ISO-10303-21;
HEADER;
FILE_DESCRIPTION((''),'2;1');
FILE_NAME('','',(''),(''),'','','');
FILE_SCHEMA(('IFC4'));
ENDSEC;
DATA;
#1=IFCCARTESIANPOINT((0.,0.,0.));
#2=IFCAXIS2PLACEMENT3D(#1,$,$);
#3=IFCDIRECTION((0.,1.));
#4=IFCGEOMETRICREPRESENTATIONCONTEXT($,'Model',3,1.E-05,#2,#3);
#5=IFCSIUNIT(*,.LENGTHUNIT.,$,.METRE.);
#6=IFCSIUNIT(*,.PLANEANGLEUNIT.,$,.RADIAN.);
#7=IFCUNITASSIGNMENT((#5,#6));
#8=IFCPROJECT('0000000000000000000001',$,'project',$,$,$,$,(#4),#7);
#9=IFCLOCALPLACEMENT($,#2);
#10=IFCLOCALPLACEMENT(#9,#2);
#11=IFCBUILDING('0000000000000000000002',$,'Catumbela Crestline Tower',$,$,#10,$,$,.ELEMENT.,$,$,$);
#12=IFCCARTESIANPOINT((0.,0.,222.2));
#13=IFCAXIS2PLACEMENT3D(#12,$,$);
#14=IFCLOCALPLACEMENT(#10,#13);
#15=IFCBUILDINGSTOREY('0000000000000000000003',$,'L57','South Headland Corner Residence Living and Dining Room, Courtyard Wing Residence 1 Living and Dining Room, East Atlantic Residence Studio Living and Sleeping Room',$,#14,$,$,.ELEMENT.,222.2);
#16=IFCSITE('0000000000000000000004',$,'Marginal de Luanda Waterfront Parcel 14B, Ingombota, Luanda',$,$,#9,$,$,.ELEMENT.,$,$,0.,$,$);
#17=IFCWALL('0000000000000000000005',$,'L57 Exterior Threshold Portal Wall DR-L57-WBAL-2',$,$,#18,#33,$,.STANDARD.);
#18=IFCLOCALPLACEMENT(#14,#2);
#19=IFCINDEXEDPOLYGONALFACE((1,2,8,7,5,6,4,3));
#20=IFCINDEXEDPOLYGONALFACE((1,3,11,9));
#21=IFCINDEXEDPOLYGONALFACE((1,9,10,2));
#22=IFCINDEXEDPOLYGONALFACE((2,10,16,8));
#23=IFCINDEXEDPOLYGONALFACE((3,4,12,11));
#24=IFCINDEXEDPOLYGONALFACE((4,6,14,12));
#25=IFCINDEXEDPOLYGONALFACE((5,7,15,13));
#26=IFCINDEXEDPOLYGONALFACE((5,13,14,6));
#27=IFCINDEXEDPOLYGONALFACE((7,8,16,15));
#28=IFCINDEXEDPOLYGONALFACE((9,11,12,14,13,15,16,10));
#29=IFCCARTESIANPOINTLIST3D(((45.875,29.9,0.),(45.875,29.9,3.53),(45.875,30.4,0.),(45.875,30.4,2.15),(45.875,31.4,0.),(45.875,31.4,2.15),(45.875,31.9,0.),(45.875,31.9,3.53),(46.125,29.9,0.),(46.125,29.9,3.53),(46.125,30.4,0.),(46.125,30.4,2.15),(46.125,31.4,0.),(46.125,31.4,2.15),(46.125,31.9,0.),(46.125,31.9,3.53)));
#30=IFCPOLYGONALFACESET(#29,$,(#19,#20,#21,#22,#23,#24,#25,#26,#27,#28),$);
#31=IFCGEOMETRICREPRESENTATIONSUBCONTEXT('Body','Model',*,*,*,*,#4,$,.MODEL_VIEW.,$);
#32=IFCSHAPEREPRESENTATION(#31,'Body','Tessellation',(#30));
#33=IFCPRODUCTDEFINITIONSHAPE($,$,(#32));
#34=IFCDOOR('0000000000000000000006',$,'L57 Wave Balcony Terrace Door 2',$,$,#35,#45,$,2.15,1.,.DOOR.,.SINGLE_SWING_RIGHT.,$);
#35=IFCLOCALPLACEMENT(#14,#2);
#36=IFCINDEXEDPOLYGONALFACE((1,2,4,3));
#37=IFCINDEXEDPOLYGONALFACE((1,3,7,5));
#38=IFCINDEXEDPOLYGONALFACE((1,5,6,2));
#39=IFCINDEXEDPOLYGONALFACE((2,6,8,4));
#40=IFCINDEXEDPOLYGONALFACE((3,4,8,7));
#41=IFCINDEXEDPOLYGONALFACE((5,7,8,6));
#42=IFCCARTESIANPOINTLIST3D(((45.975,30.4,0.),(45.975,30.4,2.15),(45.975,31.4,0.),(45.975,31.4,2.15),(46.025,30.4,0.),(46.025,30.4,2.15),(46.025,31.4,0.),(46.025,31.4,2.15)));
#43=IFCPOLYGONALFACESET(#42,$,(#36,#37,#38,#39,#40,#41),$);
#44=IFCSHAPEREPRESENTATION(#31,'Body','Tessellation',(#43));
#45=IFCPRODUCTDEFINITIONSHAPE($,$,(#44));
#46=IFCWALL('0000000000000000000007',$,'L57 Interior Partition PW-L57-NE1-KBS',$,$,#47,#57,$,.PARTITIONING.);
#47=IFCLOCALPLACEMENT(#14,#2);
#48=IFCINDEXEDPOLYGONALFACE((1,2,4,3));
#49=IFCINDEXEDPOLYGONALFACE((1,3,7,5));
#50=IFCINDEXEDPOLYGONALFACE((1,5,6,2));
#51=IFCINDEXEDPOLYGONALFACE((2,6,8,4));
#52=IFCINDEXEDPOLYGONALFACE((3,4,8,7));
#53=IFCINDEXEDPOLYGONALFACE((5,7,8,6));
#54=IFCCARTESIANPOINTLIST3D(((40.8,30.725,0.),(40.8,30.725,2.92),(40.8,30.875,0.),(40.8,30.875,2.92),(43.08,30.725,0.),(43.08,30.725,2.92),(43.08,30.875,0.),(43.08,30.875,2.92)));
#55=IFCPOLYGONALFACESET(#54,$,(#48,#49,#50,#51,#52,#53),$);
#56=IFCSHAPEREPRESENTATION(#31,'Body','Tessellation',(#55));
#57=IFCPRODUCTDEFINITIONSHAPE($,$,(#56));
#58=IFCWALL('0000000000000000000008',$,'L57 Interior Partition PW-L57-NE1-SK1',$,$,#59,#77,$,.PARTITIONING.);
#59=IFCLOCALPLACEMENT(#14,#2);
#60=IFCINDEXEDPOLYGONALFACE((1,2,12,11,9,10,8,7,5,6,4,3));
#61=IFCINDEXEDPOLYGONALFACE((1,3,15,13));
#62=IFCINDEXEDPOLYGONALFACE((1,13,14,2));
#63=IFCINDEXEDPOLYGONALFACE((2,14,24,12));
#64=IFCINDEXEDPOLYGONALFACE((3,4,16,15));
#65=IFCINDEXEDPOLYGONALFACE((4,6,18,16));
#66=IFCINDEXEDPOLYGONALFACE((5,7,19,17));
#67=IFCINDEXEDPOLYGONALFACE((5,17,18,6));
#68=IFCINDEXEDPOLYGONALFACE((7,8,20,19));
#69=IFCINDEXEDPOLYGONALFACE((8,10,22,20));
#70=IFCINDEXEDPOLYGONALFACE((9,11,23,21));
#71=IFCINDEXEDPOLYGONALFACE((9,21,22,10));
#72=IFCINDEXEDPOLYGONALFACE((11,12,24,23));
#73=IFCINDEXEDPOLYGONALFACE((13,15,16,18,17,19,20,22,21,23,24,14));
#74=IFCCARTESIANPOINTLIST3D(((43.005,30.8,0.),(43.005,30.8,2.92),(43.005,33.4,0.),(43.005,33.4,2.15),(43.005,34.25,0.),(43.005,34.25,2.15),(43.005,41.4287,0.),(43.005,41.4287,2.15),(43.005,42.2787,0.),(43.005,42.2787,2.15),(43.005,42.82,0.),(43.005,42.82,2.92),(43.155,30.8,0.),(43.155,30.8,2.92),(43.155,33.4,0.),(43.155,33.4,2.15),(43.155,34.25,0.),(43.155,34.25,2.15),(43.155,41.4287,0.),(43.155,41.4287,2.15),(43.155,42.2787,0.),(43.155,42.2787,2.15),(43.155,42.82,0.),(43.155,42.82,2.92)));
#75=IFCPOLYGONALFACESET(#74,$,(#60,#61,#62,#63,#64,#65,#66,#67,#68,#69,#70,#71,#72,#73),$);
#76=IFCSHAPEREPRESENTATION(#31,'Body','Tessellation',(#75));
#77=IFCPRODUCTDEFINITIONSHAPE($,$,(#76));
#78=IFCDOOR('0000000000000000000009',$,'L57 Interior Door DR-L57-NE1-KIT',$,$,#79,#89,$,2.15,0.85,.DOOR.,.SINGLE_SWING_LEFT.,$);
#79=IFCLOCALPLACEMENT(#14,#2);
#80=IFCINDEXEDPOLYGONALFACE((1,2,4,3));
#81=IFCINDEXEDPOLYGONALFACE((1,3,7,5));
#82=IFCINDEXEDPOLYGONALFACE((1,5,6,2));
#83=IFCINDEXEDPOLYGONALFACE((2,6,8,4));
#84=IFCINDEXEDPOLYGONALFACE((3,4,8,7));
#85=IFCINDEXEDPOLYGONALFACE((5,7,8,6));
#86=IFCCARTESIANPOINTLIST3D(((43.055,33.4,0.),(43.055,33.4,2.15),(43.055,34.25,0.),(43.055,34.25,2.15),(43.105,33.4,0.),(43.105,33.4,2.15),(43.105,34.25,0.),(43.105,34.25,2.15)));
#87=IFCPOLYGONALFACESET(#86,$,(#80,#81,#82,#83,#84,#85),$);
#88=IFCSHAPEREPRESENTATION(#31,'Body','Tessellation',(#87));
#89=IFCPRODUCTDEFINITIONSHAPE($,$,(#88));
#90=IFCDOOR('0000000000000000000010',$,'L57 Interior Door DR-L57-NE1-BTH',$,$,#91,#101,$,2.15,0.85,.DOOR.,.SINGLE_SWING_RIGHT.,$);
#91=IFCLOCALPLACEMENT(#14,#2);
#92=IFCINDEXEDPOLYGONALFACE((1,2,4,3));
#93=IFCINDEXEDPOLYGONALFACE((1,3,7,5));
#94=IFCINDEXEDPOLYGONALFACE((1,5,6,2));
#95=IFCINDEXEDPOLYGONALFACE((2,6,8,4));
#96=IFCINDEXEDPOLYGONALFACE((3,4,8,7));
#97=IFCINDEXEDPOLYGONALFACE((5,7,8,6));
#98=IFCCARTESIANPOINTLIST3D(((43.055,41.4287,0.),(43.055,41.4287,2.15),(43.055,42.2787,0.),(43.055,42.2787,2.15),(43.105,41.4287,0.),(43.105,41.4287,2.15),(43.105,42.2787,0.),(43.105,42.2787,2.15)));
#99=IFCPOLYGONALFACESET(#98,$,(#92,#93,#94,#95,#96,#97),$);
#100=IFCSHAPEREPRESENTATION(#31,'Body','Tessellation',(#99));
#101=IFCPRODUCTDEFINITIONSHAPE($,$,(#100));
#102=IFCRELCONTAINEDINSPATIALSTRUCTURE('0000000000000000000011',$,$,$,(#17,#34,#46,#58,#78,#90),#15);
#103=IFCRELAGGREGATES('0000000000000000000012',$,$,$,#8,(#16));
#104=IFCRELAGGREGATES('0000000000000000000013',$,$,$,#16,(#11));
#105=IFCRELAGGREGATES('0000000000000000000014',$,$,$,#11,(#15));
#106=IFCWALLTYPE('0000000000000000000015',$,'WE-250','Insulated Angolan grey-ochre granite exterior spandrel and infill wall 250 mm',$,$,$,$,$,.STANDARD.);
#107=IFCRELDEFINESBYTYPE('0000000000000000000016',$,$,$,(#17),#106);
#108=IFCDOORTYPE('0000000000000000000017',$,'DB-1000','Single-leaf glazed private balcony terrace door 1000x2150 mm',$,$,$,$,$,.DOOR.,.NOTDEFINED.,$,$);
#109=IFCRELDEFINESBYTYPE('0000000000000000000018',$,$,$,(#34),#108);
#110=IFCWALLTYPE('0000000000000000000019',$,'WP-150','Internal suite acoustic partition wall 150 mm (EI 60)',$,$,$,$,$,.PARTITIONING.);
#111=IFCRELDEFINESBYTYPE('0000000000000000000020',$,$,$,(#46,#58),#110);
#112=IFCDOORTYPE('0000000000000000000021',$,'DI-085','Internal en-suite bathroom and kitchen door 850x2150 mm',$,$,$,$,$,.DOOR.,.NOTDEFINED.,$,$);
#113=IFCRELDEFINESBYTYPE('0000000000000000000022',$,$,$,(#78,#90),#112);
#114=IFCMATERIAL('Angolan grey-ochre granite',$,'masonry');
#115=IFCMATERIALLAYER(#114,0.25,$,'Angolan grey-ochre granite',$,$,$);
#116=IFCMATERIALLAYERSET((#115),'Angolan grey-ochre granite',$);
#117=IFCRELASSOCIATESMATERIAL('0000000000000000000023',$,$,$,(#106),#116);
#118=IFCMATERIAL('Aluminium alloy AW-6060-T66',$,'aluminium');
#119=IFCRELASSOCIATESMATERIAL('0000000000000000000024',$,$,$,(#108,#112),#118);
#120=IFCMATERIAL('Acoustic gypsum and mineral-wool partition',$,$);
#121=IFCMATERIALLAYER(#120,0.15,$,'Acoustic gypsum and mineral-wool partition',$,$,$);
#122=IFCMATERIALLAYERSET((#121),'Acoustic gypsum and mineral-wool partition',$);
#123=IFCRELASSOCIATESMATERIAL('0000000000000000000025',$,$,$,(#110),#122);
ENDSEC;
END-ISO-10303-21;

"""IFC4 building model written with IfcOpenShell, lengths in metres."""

from ifc_helpers import new_model, si_unit, direction, frame, frame_2d, origin, place, context, subcontext, project, spatial, rectangle, extrude, material, layer, layer_set, type_object, element, fill, save


model = new_model("IFC4")

# Units and contexts
model_context = context("Model", 3, precision=1e-05, world=origin(), true_north=direction((0.0, 1.0)))
body_context = subcontext(model_context, "Body", "Model", "MODEL_VIEW")
ifc_project = project(units=[si_unit("LENGTHUNIT", "METRE"), si_unit("PLANEANGLEUNIT", "RADIAN")], contexts=[model_context])

# Site, building, storey
site_placement = place(None, origin())
site = spatial("IfcSite", under=ifc_project, at=site_placement, Name="Marginal de Luanda Waterfront Parcel 14B, Ingombota, Luanda", CompositionType="ELEMENT", RefElevation=0.0)
building_placement = place(site_placement, origin())
building = spatial("IfcBuilding", under=site, at=building_placement, Name="Catumbela Crestline Tower", CompositionType="ELEMENT")
storey_placement = place(building_placement, frame((0.0, 0.0, 222.2)))
storey = spatial("IfcBuildingStorey", under=building, at=storey_placement, Name="L57", Description="South Headland Corner Residence Living and Dining Room, Courtyard Wing Residence 1 Living and Dining Room, East Atlantic Residence Studio Living and Sleeping Room", CompositionType="ELEMENT", Elevation=222.2)

# Shared definitions
ifc_material_1 = material(Name="Aluminium alloy AW-6060-T66", Category="aluminium")

# Wall, opening, door
ifc_material_2 = material(Name="Acoustic gypsum and mineral-wool partition")
ifc_material_3 = material(Name="Angolan grey-ochre granite", Category="masonry")
ifc_layer_1 = layer(ifc_material_3, 0.25, Name="Angolan grey-ochre granite")
ifc_layer_set_1 = layer_set([ifc_layer_1], Name="Angolan grey-ochre granite")
wall_type_1 = type_object("IfcWallType", Name="WE-250", Description="Insulated Angolan grey-ochre granite exterior spandrel and infill wall 250 mm", PredefinedType="STANDARD", material=ifc_layer_set_1)
wall_1_placement = place(storey_placement, frame((46.0, 29.9, 0.0), z_axis=(0.0, 0.0, 1.0), x_axis=(0.0, 1.0, 0.0)))
wall_1 = element("IfcWall", 1, at=wall_1_placement, inside=storey, type_object=wall_type_1, Name="L57 Exterior Threshold Portal Wall DR-L57-WBAL-2", PredefinedType="STANDARD", context=body_context, shape_type="SweptSolid", body=[
    extrude(rectangle(XDim=2.0, YDim=0.25, at=frame_2d((1.0, 0.0))), origin(), (0.0, 0.0, 1.0), 3.53),
])
opening_1_placement = place(wall_1_placement, frame((0.5, 0.0, 0.0)))
opening_1 = element("IfcOpeningElement", 2, at=opening_1_placement, cuts=wall_1, PredefinedType="OPENING", context=body_context, shape_type="SweptSolid", body=[
    extrude(rectangle(XDim=1.0, YDim=2.15, at=frame_2d((0.5, 1.075))), frame((0.0, 0.135, 0.0), z_axis=(0.0, -1.0, 0.0), x_axis=(1.0, 0.0, 0.0)), (0.0, 0.0, 1.0), 0.27),
])
door_type_1 = type_object("IfcDoorType", Name="DB-1000", Description="Single-leaf glazed private balcony terrace door 1000x2150 mm", OperationType="NOTDEFINED", PredefinedType="DOOR", material=ifc_material_1)
door_1_placement = place(opening_1_placement, origin())
door_1 = element("IfcDoor", 3, at=door_1_placement, inside=storey, type_object=door_type_1, Name="L57 Wave Balcony Terrace Door 2", OperationType="SINGLE_SWING_RIGHT", OverallHeight=2.15, OverallWidth=1.0, PredefinedType="DOOR", context=body_context, shape_type="SweptSolid", body=[
    extrude(rectangle(XDim=1.0, YDim=2.15, at=frame_2d((0.5, 1.075))), frame((0.0, 0.025, 0.0), z_axis=(0.0, -1.0, 0.0), x_axis=(1.0, 0.0, 0.0)), (0.0, 0.0, 1.0), 0.05),
])
fill(opening_1, door_1)

# Wall
ifc_layer_2 = layer(ifc_material_2, 0.15, Name="Acoustic gypsum and mineral-wool partition")
ifc_layer_set_2 = layer_set([ifc_layer_2], Name="Acoustic gypsum and mineral-wool partition")
wall_type_2 = type_object("IfcWallType", Name="WP-150", Description="Internal suite acoustic partition wall 150 mm (EI 60)", PredefinedType="PARTITIONING", material=ifc_layer_set_2)
wall_2_placement = place(storey_placement, frame((40.8, 30.8, 0.0), z_axis=(0.0, 0.0, 1.0), x_axis=(1.0, 0.0, 0.0)))
element("IfcWall", 4, at=wall_2_placement, inside=storey, type_object=wall_type_2, Name="L57 Interior Partition PW-L57-NE1-KBS", PredefinedType="PARTITIONING", context=body_context, shape_type="SweptSolid", body=[
    extrude(rectangle(XDim=2.28, YDim=0.15, at=frame_2d((1.14, 0.0))), origin(), (0.0, 0.0, 1.0), 2.92),
])

# Wall, openings, doors
wall_3_placement = place(storey_placement, frame((43.08, 30.8, 0.0), z_axis=(0.0, 0.0, 1.0), x_axis=(0.0, 1.0, 0.0)))
wall_3 = element("IfcWall", 5, at=wall_3_placement, inside=storey, type_object=wall_type_2, Name="L57 Interior Partition PW-L57-NE1-SK1", PredefinedType="PARTITIONING", context=body_context, shape_type="SweptSolid", body=[
    extrude(rectangle(XDim=12.02, YDim=0.15, at=frame_2d((6.01, 0.0))), origin(), (0.0, 0.0, 1.0), 2.92),
])
opening_2_placement = place(wall_3_placement, frame((2.6, 0.0, 0.0)))
opening_2 = element("IfcOpeningElement", 6, at=opening_2_placement, cuts=wall_3, PredefinedType="OPENING", context=body_context, shape_type="SweptSolid", body=[
    extrude(rectangle(XDim=0.85, YDim=2.15, at=frame_2d((0.425, 1.075))), frame((0.0, 0.085, 0.0), z_axis=(0.0, -1.0, 0.0), x_axis=(1.0, 0.0, 0.0)), (0.0, 0.0, 1.0), 0.17),
])
opening_3_placement = place(wall_3_placement, frame((10.6287, 0.0, 0.0)))
opening_3 = element("IfcOpeningElement", 7, at=opening_3_placement, cuts=wall_3, PredefinedType="OPENING", context=body_context, shape_type="SweptSolid", body=[
    extrude(rectangle(XDim=0.85, YDim=2.15, at=frame_2d((0.425, 1.075))), frame((0.0, 0.085, 0.0), z_axis=(0.0, -1.0, 0.0), x_axis=(1.0, 0.0, 0.0)), (0.0, 0.0, 1.0), 0.17),
])
door_type_2 = type_object("IfcDoorType", Name="DI-085", Description="Internal en-suite bathroom and kitchen door 850x2150 mm", OperationType="NOTDEFINED", PredefinedType="DOOR", material=ifc_material_1)
door_2_placement = place(opening_2_placement, origin())
door_2 = element("IfcDoor", 8, at=door_2_placement, inside=storey, type_object=door_type_2, Name="L57 Interior Door DR-L57-NE1-KIT", OperationType="SINGLE_SWING_LEFT", OverallHeight=2.15, OverallWidth=0.85, PredefinedType="DOOR", context=body_context, shape_type="SweptSolid", body=[
    extrude(rectangle(XDim=0.85, YDim=2.15, at=frame_2d((0.425, 1.075))), frame((0.0, 0.025, 0.0), z_axis=(0.0, -1.0, 0.0), x_axis=(1.0, 0.0, 0.0)), (0.0, 0.0, 1.0), 0.05),
])
fill(opening_2, door_2)
door_3_placement = place(opening_3_placement, origin())
door_3 = element("IfcDoor", 9, at=door_3_placement, inside=storey, type_object=door_type_2, Name="L57 Interior Door DR-L57-NE1-BTH", OperationType="SINGLE_SWING_RIGHT", OverallHeight=2.15, OverallWidth=0.85, PredefinedType="DOOR", context=body_context, shape_type="SweptSolid", body=[
    extrude(rectangle(XDim=0.85, YDim=2.15, at=frame_2d((0.425, 1.075))), frame((0.0, 0.025, 0.0), z_axis=(0.0, -1.0, 0.0), x_axis=(1.0, 0.0, 0.0)), (0.0, 0.0, 1.0), 0.05),
])
fill(opening_3, door_3)

save(model, "model.ifc")
